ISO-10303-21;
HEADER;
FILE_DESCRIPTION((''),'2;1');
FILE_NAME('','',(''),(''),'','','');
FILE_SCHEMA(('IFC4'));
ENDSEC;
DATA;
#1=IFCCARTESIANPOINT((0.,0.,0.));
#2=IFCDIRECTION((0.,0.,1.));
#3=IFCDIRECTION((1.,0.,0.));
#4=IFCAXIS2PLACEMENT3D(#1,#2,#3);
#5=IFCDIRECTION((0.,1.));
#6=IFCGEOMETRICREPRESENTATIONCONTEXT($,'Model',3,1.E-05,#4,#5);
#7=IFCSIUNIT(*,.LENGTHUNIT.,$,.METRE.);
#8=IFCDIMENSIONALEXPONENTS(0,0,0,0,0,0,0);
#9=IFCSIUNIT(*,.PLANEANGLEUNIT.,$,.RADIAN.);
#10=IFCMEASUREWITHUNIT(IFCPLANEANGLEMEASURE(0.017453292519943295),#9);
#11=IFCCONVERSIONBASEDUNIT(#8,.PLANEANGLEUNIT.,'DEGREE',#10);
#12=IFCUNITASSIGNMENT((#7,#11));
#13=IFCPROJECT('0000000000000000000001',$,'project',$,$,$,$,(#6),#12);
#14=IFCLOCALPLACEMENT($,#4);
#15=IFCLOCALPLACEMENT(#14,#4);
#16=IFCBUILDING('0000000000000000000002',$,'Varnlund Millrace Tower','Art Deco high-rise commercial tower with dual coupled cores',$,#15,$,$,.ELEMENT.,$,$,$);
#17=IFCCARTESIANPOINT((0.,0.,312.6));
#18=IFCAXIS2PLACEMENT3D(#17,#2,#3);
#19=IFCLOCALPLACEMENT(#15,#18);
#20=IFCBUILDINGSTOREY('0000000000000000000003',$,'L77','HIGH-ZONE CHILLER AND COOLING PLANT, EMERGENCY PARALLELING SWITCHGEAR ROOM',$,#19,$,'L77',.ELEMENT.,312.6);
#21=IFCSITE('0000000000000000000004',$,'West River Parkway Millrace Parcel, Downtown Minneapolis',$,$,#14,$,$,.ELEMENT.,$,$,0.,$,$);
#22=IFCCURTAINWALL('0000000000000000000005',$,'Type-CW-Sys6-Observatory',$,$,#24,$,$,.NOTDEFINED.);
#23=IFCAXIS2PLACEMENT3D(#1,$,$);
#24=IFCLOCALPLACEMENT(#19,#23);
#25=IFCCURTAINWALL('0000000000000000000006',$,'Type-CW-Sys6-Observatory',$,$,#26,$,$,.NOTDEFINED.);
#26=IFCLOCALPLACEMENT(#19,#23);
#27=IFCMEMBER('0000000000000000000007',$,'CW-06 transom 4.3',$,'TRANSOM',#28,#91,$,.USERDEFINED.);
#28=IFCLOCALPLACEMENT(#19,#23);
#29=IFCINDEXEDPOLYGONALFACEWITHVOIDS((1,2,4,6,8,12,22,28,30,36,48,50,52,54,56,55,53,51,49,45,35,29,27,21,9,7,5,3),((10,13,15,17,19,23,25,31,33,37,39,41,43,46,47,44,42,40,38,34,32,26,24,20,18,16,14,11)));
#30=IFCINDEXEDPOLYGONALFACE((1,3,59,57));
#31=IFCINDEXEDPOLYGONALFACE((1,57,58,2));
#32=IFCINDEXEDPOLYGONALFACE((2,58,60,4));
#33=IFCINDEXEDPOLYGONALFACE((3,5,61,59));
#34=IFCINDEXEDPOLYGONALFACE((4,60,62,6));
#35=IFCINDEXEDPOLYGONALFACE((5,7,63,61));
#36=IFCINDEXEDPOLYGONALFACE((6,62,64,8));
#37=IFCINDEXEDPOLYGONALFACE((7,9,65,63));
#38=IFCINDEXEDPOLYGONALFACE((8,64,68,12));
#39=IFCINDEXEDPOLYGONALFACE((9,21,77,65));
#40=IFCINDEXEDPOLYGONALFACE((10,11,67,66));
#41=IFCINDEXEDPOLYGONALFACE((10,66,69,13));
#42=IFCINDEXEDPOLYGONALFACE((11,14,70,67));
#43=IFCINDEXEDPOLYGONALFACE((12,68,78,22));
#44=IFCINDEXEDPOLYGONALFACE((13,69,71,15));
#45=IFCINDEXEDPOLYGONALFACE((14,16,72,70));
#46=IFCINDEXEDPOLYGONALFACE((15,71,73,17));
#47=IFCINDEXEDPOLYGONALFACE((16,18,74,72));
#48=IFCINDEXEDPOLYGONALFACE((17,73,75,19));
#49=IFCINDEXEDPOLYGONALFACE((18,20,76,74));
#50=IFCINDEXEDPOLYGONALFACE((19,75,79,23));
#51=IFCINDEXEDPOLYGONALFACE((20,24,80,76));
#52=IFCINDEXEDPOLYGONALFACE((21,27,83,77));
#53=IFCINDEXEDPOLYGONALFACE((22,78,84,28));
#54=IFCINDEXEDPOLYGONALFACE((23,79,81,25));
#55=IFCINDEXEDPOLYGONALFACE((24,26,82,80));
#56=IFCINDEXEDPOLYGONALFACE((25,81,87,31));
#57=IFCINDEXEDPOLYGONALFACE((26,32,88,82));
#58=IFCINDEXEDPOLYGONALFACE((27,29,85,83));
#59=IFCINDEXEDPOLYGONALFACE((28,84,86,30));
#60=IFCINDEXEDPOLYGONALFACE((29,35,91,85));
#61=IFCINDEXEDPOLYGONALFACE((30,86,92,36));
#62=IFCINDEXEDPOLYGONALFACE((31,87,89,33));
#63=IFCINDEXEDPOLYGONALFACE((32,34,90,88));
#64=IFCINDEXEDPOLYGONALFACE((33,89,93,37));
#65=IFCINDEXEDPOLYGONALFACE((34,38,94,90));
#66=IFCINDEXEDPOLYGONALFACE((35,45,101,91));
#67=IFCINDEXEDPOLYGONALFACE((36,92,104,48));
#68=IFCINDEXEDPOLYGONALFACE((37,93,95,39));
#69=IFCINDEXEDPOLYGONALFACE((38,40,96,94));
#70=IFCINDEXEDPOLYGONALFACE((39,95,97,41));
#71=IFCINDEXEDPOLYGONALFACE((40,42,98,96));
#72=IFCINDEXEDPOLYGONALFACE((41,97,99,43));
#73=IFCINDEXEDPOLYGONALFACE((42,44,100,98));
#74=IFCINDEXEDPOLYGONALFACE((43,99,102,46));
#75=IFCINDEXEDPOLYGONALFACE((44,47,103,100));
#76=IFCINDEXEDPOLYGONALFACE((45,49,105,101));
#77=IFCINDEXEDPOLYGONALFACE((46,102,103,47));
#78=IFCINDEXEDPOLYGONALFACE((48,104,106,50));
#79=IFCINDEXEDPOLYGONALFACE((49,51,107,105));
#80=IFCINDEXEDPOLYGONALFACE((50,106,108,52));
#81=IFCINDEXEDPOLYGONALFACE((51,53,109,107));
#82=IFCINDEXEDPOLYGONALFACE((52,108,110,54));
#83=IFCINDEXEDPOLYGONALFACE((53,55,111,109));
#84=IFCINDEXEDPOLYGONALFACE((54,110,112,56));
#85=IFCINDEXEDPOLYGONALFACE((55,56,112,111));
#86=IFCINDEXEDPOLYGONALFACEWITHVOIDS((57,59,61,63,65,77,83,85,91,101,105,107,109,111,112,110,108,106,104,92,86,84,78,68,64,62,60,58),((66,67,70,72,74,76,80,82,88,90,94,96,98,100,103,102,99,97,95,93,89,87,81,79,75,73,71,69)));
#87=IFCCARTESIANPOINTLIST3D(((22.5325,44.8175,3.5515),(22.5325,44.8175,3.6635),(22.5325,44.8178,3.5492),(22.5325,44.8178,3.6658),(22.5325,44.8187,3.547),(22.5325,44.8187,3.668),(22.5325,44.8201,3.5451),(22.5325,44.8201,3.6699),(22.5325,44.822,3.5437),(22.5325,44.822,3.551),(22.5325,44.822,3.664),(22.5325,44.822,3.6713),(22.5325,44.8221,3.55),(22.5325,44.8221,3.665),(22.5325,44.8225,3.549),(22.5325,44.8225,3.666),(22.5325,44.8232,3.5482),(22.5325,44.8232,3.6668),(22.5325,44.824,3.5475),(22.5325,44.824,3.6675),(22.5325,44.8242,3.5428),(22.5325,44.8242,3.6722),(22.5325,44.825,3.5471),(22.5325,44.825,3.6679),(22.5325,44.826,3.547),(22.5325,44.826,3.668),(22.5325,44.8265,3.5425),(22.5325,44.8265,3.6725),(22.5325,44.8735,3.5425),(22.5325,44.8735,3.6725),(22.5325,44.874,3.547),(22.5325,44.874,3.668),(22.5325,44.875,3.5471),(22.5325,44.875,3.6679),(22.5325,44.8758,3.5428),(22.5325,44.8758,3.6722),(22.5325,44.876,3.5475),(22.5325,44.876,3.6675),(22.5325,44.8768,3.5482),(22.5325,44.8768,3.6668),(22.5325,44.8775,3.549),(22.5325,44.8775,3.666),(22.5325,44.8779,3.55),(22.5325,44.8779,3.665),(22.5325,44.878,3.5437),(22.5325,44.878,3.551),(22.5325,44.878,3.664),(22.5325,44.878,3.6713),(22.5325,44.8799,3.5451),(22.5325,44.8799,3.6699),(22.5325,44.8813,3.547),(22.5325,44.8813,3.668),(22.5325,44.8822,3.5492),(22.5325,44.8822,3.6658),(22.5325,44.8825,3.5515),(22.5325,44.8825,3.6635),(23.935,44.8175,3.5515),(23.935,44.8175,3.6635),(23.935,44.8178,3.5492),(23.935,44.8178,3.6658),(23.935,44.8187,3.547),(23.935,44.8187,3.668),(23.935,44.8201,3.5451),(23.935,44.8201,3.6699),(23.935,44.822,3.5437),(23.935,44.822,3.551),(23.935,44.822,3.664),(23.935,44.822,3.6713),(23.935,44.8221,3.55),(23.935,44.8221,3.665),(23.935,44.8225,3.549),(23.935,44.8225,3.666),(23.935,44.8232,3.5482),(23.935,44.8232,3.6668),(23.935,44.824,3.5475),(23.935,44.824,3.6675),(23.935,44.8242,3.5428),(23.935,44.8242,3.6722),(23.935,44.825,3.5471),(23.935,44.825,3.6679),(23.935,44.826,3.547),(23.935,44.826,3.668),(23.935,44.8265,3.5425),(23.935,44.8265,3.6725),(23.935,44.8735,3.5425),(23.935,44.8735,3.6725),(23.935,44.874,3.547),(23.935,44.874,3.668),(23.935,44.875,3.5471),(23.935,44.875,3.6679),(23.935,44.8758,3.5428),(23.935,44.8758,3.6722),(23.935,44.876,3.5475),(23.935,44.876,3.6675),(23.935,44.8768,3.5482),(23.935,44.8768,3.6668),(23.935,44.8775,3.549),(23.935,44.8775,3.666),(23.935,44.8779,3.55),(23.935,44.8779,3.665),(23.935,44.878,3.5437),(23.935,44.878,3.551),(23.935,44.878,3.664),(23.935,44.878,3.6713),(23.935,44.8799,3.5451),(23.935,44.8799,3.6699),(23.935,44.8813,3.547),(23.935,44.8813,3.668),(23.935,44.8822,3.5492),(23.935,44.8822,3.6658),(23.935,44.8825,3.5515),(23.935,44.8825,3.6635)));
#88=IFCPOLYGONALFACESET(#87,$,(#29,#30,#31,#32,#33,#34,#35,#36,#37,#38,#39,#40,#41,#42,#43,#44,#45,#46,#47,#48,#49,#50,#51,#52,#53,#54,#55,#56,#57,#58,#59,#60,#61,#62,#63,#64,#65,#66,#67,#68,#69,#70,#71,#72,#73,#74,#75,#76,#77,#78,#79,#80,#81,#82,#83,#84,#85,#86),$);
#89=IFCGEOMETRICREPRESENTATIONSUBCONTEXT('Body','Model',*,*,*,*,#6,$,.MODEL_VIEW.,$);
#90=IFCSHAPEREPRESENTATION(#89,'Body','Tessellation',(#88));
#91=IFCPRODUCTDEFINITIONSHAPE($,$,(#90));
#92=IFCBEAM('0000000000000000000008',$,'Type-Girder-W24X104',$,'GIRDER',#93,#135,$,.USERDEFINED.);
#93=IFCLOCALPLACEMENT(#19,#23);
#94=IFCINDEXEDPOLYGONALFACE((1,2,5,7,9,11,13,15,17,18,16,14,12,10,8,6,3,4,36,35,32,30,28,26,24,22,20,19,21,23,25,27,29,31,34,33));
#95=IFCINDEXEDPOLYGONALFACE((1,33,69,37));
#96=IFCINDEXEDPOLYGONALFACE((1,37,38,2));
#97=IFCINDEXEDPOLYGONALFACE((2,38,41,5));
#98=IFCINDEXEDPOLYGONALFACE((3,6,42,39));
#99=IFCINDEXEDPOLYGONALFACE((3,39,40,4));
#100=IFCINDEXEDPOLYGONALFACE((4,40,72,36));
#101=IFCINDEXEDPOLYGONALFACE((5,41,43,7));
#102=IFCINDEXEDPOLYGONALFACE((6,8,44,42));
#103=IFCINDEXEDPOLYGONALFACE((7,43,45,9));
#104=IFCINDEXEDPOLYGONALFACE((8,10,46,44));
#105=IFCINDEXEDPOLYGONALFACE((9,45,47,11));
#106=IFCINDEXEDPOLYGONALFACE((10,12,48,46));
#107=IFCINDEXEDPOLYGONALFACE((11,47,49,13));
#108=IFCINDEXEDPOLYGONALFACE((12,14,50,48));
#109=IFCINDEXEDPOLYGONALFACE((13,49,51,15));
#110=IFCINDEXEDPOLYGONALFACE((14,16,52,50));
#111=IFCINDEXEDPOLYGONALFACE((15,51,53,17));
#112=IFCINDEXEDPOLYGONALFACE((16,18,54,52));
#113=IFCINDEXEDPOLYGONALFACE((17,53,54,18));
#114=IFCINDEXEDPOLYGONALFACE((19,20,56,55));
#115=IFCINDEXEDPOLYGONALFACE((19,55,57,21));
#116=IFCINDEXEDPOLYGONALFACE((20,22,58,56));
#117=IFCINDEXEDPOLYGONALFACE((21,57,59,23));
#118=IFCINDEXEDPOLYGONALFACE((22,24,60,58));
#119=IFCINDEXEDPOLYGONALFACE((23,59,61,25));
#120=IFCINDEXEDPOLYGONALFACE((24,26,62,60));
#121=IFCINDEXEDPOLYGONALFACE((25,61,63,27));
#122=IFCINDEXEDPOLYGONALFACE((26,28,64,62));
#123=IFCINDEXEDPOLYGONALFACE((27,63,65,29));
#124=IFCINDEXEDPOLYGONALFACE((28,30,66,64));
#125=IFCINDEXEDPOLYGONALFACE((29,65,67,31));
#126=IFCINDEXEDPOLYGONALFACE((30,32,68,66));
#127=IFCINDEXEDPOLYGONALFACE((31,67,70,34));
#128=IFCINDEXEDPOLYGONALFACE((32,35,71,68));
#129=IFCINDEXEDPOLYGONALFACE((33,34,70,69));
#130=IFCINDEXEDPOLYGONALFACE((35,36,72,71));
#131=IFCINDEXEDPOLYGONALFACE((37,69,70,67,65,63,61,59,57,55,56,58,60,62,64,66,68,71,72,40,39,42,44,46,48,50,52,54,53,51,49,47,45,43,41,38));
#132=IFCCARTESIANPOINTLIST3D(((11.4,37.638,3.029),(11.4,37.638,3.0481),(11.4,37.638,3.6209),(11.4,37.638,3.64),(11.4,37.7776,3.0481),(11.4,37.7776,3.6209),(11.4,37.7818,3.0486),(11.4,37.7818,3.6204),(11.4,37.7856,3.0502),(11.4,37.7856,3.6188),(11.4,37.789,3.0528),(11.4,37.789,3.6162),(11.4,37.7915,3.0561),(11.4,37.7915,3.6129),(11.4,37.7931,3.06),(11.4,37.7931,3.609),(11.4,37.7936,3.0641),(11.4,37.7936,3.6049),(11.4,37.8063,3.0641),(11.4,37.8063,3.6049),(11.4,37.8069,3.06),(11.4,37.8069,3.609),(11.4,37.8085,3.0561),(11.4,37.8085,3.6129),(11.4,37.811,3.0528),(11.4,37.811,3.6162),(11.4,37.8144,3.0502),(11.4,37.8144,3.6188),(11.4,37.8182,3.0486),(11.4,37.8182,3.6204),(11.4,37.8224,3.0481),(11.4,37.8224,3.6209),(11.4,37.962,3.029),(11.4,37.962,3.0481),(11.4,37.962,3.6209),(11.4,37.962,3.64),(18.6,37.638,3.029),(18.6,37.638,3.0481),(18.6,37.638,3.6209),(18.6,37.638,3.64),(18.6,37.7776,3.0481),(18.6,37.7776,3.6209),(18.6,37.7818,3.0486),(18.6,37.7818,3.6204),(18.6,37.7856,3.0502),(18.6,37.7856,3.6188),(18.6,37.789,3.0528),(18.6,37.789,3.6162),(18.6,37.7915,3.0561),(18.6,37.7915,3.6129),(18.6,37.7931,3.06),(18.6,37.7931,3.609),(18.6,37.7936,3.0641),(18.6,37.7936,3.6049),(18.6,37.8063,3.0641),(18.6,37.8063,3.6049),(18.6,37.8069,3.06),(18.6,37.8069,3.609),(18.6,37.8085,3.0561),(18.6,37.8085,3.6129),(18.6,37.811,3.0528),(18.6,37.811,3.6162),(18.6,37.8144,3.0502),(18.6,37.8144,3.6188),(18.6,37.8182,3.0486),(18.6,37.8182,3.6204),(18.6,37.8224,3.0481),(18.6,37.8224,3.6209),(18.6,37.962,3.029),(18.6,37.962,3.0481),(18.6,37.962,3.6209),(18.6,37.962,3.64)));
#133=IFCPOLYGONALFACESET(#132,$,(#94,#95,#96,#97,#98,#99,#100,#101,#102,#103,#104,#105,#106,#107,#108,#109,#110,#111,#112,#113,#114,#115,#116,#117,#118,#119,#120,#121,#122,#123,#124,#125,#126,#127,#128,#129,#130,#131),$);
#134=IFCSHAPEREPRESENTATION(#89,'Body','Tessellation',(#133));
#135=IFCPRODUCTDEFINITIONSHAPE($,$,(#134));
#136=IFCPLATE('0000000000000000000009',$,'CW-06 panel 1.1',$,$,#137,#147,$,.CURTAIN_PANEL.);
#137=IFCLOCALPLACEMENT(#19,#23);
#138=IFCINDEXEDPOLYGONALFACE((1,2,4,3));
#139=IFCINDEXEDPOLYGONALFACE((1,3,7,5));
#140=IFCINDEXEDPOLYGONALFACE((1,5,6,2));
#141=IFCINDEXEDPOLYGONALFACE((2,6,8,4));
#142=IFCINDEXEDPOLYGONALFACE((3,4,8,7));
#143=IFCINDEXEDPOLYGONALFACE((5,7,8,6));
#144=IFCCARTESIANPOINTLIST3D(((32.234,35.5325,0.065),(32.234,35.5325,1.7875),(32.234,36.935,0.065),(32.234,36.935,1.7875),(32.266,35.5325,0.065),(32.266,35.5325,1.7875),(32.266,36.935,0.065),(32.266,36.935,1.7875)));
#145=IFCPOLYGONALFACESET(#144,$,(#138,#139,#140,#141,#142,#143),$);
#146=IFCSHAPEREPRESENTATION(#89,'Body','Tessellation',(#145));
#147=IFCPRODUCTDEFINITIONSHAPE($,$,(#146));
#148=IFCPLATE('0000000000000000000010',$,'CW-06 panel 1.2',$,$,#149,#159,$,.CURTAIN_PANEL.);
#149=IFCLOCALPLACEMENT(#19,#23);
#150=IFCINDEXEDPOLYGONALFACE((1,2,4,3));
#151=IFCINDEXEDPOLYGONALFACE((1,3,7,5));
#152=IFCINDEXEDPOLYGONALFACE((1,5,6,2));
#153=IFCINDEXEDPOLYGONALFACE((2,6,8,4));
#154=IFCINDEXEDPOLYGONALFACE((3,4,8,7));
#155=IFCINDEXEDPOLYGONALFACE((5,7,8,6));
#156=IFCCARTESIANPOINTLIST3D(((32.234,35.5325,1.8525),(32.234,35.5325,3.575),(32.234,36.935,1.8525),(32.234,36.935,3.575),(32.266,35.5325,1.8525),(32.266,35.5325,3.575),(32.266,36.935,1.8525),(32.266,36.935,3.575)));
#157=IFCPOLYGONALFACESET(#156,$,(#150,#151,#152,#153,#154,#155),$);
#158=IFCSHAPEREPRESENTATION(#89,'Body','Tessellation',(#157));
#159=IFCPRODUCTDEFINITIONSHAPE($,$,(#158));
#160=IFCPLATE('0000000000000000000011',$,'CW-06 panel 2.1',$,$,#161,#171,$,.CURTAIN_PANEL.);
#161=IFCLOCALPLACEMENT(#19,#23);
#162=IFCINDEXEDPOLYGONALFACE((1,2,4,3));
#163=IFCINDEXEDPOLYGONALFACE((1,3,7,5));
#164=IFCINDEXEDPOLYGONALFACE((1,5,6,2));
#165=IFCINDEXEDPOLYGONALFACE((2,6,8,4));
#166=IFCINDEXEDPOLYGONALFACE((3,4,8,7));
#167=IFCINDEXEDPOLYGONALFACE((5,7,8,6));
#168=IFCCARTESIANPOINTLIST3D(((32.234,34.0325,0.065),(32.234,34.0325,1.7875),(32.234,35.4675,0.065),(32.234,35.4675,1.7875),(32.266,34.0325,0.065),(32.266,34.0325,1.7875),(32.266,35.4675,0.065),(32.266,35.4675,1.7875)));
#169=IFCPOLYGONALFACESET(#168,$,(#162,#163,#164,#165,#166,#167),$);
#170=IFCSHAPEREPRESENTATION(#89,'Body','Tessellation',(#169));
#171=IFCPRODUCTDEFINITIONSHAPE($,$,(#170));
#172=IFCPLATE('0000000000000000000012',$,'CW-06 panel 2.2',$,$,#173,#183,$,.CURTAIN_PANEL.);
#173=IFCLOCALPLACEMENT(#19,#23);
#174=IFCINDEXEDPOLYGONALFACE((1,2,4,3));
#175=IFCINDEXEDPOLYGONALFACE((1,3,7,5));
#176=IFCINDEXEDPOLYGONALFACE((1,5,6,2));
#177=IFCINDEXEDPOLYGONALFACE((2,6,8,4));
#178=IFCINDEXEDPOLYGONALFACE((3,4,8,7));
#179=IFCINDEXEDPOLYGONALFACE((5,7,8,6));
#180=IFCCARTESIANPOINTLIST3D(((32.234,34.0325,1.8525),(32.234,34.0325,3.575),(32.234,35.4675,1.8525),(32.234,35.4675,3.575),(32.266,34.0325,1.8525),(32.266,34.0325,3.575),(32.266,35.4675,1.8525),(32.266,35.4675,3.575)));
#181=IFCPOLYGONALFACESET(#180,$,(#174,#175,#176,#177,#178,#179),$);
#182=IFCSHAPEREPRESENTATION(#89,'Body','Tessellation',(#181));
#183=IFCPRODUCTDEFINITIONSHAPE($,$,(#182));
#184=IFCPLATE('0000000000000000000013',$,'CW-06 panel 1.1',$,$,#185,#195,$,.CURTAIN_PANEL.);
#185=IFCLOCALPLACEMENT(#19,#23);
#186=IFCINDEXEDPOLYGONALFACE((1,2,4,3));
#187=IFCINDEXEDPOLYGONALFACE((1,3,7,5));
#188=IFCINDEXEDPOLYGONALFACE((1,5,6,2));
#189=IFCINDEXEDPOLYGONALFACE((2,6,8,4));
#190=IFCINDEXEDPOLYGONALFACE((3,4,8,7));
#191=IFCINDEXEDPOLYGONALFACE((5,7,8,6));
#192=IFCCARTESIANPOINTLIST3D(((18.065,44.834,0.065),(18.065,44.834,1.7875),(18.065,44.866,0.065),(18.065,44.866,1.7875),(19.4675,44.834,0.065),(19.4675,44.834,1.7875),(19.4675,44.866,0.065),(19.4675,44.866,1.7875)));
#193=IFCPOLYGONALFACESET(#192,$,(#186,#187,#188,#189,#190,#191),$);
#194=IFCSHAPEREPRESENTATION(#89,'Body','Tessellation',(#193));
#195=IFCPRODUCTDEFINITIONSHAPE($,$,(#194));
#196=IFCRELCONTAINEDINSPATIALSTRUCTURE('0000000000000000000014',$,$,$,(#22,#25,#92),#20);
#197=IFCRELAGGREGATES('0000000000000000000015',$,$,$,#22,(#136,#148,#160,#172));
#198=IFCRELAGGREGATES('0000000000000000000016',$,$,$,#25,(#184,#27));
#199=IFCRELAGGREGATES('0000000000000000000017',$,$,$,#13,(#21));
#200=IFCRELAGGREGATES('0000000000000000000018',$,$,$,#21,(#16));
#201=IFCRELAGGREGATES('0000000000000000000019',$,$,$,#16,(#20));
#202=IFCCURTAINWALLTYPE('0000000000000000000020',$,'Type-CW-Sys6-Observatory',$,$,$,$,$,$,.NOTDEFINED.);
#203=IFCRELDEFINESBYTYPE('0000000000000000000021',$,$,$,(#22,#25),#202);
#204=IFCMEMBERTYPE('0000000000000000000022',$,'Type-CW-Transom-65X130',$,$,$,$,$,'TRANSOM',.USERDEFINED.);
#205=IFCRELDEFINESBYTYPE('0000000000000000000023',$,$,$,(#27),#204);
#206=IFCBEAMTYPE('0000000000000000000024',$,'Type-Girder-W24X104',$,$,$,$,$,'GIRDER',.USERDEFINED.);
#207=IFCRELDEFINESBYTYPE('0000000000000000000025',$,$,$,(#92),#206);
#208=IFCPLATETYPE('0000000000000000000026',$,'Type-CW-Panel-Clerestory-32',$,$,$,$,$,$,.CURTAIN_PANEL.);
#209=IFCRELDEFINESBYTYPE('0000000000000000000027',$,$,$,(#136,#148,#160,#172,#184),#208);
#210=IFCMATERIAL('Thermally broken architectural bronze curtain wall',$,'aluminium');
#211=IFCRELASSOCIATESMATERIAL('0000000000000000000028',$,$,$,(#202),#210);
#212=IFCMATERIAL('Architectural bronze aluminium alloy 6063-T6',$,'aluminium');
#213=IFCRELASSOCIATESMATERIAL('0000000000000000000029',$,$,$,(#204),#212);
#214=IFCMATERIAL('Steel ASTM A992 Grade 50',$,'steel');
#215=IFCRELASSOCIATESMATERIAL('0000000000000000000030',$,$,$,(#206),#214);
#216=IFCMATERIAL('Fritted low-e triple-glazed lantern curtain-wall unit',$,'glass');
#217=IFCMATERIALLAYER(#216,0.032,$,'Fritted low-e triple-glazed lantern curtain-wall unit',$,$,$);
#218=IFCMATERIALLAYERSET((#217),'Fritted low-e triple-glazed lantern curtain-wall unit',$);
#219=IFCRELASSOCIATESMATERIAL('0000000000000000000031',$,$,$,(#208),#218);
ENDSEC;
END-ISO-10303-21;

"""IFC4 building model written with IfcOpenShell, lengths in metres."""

from ifc_helpers import new_model, entity, si_unit, converted_unit, direction, frame, origin_with_axes, origin_2d_with_axis, place, context, subcontext, project, spatial, rectangle, hollow_rectangle, i_section, extrude, material, layer, layer_set, material_profile, profile_set, type_object, element, aggregate, save


model = new_model("IFC4")

# Units and contexts
model_context = context("Model", 3, precision=1e-05, world=origin_with_axes(), true_north=direction((0.0, 1.0)))
body_context = subcontext(model_context, "Body", "Model", "MODEL_VIEW")
ifc_project = project(units=[si_unit("LENGTHUNIT", "METRE"), converted_unit("PLANEANGLEUNIT", "DEGREE", entity("IfcPlaneAngleMeasure", 0.017453292519943295), si_unit("PLANEANGLEUNIT", "RADIAN"), dimensions=[0, 0, 0, 0, 0, 0, 0])], contexts=[model_context])

# Site, building, storey
site_placement = place(None, origin_with_axes())
site = spatial("IfcSite", under=ifc_project, at=site_placement, Name="West River Parkway Millrace Parcel, Downtown Minneapolis", CompositionType="ELEMENT", RefElevation=0.0)
building_placement = place(site_placement, origin_with_axes())
building = spatial("IfcBuilding", under=site, at=building_placement, Name="Varnlund Millrace Tower", Description="Art Deco high-rise commercial tower with dual coupled cores", CompositionType="ELEMENT")
storey_placement = place(building_placement, frame((0.0, 0.0, 312.6), z_axis=(0.0, 0.0, 1.0), x_axis=(1.0, 0.0, 0.0)))
storey = spatial("IfcBuildingStorey", under=building, at=storey_placement, Name="L77", Description="HIGH-ZONE CHILLER AND COOLING PLANT, EMERGENCY PARALLELING SWITCHGEAR ROOM", LongName="L77", CompositionType="ELEMENT", Elevation=312.6)

# Curtain walls, member
ifc_material_1 = material(Name="Thermally broken architectural bronze curtain wall", Category="aluminium")
curtain_wall_type = type_object("IfcCurtainWallType", Name="Type-CW-Sys6-Observatory", PredefinedType="NOTDEFINED", material=ifc_material_1)
curtain_wall_1_placement = place(storey_placement, frame((32.25, 37.0, 0.0), z_axis=(0.0, 0.0, 1.0), x_axis=(1.0, 0.0, 0.0)))
curtain_wall_1 = element("IfcCurtainWall", 1, at=curtain_wall_1_placement, inside=storey, type_object=curtain_wall_type, Name="Type-CW-Sys6-Observatory", PredefinedType="NOTDEFINED")
ifc_material_2 = material(Name="Architectural bronze aluminium alloy 6063-T6", Category="aluminium")
ifc_material_profile_1 = material_profile(ifc_material_2, hollow_rectangle(XDim=0.065, YDim=0.13, WallThickness=0.0045, InnerFilletRadius=0.004, OuterFilletRadius=0.009, at=origin_2d_with_axis()), Name="Architectural bronze aluminium alloy 6063-T6")
ifc_profile_set_1 = profile_set([ifc_material_profile_1], Name="Architectural bronze aluminium alloy 6063-T6")
member_type = type_object("IfcMemberType", Name="Type-CW-Transom-65X130", ElementType="TRANSOM", PredefinedType="USERDEFINED", material=ifc_profile_set_1)
curtain_wall_2_placement = place(storey_placement, frame((18.0, 44.85, 0.0), z_axis=(0.0, 0.0, 1.0), x_axis=(1.0, 0.0, 0.0)))
curtain_wall_2 = element("IfcCurtainWall", 2, at=curtain_wall_2_placement, inside=storey, type_object=curtain_wall_type, Name="Type-CW-Sys6-Observatory", PredefinedType="NOTDEFINED")
member_1_placement = place(storey_placement, frame((22.5325, 44.85, 3.6075), z_axis=(1.0, 0.0, 0.0), x_axis=(0.0, 1.0, 0.0)))
member_1 = element("IfcMember", 3, at=member_1_placement, type_object=member_type, Name="CW-06 transom 4.3", ObjectType="TRANSOM", PredefinedType="USERDEFINED", context=body_context, shape_type="SweptSolid", body=[
    extrude(hollow_rectangle(XDim=0.065, YDim=0.13, WallThickness=0.0045, InnerFilletRadius=0.004, OuterFilletRadius=0.009, at=origin_2d_with_axis()), origin_with_axes(), (0.0, 0.0, 1.0), 1.4025),
])

# Beam
ifc_material_3 = material(Name="Steel ASTM A992 Grade 50", Category="steel")
ifc_material_profile_2 = material_profile(ifc_material_3, i_section(OverallWidth=0.324, OverallDepth=0.611, WebThickness=0.0127, FlangeThickness=0.0191, FilletRadius=0.016, at=origin_2d_with_axis()), Name="Steel ASTM A992 Grade 50")
ifc_profile_set_2 = profile_set([ifc_material_profile_2], Name="Steel ASTM A992 Grade 50")
beam_type = type_object("IfcBeamType", Name="Type-Girder-W24X104", ElementType="GIRDER", PredefinedType="USERDEFINED", material=ifc_profile_set_2)
beam_placement = place(storey_placement, frame((11.4, 37.8, 3.3345), z_axis=(1.0, 0.0, 0.0), x_axis=(0.0, 1.0, 0.0)))
element("IfcBeam", 4, at=beam_placement, inside=storey, type_object=beam_type, Name="Type-Girder-W24X104", ObjectType="GIRDER", PredefinedType="USERDEFINED", context=body_context, shape_type="SweptSolid", body=[
    extrude(i_section(OverallWidth=0.324, OverallDepth=0.611, WebThickness=0.0127, FlangeThickness=0.0191, FilletRadius=0.016, at=origin_2d_with_axis()), origin_with_axes(), (0.0, 0.0, 1.0), 7.2),
])

# Plates
ifc_material_4 = material(Name="Fritted low-e triple-glazed lantern curtain-wall unit", Category="glass")
ifc_layer_1 = layer(ifc_material_4, 0.032, Name="Fritted low-e triple-glazed lantern curtain-wall unit")
ifc_layer_set_1 = layer_set([ifc_layer_1], Name="Fritted low-e triple-glazed lantern curtain-wall unit")
plate_type = type_object("IfcPlateType", Name="Type-CW-Panel-Clerestory-32", PredefinedType="CURTAIN_PANEL", material=ifc_layer_set_1)
plate_1_placement = place(storey_placement, frame((32.25, 36.2338, 0.065), z_axis=(0.0, 0.0, 1.0), x_axis=(0.0, -1.0, 0.0)))
plate_1 = element("IfcPlate", 5, at=plate_1_placement, type_object=plate_type, Name="CW-06 panel 1.1", PredefinedType="CURTAIN_PANEL", context=body_context, shape_type="SweptSolid", body=[
    extrude(rectangle(XDim=1.4025, YDim=0.032, at=origin_2d_with_axis()), origin_with_axes(), (0.0, 0.0, 1.0), 1.7225),
])
plate_2_placement = place(storey_placement, frame((32.25, 36.2338, 1.8525), z_axis=(0.0, 0.0, 1.0), x_axis=(0.0, -1.0, 0.0)))
plate_2 = element("IfcPlate", 6, at=plate_2_placement, type_object=plate_type, Name="CW-06 panel 1.2", PredefinedType="CURTAIN_PANEL", context=body_context, shape_type="SweptSolid", body=[
    extrude(rectangle(XDim=1.4025, YDim=0.032, at=origin_2d_with_axis()), origin_with_axes(), (0.0, 0.0, 1.0), 1.7225),
])
plate_3_placement = place(storey_placement, frame((32.25, 34.75, 0.065), z_axis=(0.0, 0.0, 1.0), x_axis=(0.0, -1.0, 0.0)))
plate_3 = element("IfcPlate", 7, at=plate_3_placement, type_object=plate_type, Name="CW-06 panel 2.1", PredefinedType="CURTAIN_PANEL", context=body_context, shape_type="SweptSolid", body=[
    extrude(rectangle(XDim=1.435, YDim=0.032, at=origin_2d_with_axis()), origin_with_axes(), (0.0, 0.0, 1.0), 1.7225),
])
plate_4_placement = place(storey_placement, frame((32.25, 34.75, 1.8525), z_axis=(0.0, 0.0, 1.0), x_axis=(0.0, -1.0, 0.0)))
plate_4 = element("IfcPlate", 8, at=plate_4_placement, type_object=plate_type, Name="CW-06 panel 2.2", PredefinedType="CURTAIN_PANEL", context=body_context, shape_type="SweptSolid", body=[
    extrude(rectangle(XDim=1.435, YDim=0.032, at=origin_2d_with_axis()), origin_with_axes(), (0.0, 0.0, 1.0), 1.7225),
])
aggregate(curtain_wall_1, [plate_1, plate_2, plate_3, plate_4])
plate_5_placement = place(storey_placement, frame((18.7662, 44.85, 0.065), z_axis=(0.0, 0.0, 1.0), x_axis=(1.0, 0.0, 0.0)))
plate_5 = element("IfcPlate", 9, at=plate_5_placement, type_object=plate_type, Name="CW-06 panel 1.1", PredefinedType="CURTAIN_PANEL", context=body_context, shape_type="SweptSolid", body=[
    extrude(rectangle(XDim=1.4025, YDim=0.032, at=origin_2d_with_axis()), origin_with_axes(), (0.0, 0.0, 1.0), 1.7225),
])
aggregate(curtain_wall_2, [plate_5, member_1])

save(model, "model.ifc")
